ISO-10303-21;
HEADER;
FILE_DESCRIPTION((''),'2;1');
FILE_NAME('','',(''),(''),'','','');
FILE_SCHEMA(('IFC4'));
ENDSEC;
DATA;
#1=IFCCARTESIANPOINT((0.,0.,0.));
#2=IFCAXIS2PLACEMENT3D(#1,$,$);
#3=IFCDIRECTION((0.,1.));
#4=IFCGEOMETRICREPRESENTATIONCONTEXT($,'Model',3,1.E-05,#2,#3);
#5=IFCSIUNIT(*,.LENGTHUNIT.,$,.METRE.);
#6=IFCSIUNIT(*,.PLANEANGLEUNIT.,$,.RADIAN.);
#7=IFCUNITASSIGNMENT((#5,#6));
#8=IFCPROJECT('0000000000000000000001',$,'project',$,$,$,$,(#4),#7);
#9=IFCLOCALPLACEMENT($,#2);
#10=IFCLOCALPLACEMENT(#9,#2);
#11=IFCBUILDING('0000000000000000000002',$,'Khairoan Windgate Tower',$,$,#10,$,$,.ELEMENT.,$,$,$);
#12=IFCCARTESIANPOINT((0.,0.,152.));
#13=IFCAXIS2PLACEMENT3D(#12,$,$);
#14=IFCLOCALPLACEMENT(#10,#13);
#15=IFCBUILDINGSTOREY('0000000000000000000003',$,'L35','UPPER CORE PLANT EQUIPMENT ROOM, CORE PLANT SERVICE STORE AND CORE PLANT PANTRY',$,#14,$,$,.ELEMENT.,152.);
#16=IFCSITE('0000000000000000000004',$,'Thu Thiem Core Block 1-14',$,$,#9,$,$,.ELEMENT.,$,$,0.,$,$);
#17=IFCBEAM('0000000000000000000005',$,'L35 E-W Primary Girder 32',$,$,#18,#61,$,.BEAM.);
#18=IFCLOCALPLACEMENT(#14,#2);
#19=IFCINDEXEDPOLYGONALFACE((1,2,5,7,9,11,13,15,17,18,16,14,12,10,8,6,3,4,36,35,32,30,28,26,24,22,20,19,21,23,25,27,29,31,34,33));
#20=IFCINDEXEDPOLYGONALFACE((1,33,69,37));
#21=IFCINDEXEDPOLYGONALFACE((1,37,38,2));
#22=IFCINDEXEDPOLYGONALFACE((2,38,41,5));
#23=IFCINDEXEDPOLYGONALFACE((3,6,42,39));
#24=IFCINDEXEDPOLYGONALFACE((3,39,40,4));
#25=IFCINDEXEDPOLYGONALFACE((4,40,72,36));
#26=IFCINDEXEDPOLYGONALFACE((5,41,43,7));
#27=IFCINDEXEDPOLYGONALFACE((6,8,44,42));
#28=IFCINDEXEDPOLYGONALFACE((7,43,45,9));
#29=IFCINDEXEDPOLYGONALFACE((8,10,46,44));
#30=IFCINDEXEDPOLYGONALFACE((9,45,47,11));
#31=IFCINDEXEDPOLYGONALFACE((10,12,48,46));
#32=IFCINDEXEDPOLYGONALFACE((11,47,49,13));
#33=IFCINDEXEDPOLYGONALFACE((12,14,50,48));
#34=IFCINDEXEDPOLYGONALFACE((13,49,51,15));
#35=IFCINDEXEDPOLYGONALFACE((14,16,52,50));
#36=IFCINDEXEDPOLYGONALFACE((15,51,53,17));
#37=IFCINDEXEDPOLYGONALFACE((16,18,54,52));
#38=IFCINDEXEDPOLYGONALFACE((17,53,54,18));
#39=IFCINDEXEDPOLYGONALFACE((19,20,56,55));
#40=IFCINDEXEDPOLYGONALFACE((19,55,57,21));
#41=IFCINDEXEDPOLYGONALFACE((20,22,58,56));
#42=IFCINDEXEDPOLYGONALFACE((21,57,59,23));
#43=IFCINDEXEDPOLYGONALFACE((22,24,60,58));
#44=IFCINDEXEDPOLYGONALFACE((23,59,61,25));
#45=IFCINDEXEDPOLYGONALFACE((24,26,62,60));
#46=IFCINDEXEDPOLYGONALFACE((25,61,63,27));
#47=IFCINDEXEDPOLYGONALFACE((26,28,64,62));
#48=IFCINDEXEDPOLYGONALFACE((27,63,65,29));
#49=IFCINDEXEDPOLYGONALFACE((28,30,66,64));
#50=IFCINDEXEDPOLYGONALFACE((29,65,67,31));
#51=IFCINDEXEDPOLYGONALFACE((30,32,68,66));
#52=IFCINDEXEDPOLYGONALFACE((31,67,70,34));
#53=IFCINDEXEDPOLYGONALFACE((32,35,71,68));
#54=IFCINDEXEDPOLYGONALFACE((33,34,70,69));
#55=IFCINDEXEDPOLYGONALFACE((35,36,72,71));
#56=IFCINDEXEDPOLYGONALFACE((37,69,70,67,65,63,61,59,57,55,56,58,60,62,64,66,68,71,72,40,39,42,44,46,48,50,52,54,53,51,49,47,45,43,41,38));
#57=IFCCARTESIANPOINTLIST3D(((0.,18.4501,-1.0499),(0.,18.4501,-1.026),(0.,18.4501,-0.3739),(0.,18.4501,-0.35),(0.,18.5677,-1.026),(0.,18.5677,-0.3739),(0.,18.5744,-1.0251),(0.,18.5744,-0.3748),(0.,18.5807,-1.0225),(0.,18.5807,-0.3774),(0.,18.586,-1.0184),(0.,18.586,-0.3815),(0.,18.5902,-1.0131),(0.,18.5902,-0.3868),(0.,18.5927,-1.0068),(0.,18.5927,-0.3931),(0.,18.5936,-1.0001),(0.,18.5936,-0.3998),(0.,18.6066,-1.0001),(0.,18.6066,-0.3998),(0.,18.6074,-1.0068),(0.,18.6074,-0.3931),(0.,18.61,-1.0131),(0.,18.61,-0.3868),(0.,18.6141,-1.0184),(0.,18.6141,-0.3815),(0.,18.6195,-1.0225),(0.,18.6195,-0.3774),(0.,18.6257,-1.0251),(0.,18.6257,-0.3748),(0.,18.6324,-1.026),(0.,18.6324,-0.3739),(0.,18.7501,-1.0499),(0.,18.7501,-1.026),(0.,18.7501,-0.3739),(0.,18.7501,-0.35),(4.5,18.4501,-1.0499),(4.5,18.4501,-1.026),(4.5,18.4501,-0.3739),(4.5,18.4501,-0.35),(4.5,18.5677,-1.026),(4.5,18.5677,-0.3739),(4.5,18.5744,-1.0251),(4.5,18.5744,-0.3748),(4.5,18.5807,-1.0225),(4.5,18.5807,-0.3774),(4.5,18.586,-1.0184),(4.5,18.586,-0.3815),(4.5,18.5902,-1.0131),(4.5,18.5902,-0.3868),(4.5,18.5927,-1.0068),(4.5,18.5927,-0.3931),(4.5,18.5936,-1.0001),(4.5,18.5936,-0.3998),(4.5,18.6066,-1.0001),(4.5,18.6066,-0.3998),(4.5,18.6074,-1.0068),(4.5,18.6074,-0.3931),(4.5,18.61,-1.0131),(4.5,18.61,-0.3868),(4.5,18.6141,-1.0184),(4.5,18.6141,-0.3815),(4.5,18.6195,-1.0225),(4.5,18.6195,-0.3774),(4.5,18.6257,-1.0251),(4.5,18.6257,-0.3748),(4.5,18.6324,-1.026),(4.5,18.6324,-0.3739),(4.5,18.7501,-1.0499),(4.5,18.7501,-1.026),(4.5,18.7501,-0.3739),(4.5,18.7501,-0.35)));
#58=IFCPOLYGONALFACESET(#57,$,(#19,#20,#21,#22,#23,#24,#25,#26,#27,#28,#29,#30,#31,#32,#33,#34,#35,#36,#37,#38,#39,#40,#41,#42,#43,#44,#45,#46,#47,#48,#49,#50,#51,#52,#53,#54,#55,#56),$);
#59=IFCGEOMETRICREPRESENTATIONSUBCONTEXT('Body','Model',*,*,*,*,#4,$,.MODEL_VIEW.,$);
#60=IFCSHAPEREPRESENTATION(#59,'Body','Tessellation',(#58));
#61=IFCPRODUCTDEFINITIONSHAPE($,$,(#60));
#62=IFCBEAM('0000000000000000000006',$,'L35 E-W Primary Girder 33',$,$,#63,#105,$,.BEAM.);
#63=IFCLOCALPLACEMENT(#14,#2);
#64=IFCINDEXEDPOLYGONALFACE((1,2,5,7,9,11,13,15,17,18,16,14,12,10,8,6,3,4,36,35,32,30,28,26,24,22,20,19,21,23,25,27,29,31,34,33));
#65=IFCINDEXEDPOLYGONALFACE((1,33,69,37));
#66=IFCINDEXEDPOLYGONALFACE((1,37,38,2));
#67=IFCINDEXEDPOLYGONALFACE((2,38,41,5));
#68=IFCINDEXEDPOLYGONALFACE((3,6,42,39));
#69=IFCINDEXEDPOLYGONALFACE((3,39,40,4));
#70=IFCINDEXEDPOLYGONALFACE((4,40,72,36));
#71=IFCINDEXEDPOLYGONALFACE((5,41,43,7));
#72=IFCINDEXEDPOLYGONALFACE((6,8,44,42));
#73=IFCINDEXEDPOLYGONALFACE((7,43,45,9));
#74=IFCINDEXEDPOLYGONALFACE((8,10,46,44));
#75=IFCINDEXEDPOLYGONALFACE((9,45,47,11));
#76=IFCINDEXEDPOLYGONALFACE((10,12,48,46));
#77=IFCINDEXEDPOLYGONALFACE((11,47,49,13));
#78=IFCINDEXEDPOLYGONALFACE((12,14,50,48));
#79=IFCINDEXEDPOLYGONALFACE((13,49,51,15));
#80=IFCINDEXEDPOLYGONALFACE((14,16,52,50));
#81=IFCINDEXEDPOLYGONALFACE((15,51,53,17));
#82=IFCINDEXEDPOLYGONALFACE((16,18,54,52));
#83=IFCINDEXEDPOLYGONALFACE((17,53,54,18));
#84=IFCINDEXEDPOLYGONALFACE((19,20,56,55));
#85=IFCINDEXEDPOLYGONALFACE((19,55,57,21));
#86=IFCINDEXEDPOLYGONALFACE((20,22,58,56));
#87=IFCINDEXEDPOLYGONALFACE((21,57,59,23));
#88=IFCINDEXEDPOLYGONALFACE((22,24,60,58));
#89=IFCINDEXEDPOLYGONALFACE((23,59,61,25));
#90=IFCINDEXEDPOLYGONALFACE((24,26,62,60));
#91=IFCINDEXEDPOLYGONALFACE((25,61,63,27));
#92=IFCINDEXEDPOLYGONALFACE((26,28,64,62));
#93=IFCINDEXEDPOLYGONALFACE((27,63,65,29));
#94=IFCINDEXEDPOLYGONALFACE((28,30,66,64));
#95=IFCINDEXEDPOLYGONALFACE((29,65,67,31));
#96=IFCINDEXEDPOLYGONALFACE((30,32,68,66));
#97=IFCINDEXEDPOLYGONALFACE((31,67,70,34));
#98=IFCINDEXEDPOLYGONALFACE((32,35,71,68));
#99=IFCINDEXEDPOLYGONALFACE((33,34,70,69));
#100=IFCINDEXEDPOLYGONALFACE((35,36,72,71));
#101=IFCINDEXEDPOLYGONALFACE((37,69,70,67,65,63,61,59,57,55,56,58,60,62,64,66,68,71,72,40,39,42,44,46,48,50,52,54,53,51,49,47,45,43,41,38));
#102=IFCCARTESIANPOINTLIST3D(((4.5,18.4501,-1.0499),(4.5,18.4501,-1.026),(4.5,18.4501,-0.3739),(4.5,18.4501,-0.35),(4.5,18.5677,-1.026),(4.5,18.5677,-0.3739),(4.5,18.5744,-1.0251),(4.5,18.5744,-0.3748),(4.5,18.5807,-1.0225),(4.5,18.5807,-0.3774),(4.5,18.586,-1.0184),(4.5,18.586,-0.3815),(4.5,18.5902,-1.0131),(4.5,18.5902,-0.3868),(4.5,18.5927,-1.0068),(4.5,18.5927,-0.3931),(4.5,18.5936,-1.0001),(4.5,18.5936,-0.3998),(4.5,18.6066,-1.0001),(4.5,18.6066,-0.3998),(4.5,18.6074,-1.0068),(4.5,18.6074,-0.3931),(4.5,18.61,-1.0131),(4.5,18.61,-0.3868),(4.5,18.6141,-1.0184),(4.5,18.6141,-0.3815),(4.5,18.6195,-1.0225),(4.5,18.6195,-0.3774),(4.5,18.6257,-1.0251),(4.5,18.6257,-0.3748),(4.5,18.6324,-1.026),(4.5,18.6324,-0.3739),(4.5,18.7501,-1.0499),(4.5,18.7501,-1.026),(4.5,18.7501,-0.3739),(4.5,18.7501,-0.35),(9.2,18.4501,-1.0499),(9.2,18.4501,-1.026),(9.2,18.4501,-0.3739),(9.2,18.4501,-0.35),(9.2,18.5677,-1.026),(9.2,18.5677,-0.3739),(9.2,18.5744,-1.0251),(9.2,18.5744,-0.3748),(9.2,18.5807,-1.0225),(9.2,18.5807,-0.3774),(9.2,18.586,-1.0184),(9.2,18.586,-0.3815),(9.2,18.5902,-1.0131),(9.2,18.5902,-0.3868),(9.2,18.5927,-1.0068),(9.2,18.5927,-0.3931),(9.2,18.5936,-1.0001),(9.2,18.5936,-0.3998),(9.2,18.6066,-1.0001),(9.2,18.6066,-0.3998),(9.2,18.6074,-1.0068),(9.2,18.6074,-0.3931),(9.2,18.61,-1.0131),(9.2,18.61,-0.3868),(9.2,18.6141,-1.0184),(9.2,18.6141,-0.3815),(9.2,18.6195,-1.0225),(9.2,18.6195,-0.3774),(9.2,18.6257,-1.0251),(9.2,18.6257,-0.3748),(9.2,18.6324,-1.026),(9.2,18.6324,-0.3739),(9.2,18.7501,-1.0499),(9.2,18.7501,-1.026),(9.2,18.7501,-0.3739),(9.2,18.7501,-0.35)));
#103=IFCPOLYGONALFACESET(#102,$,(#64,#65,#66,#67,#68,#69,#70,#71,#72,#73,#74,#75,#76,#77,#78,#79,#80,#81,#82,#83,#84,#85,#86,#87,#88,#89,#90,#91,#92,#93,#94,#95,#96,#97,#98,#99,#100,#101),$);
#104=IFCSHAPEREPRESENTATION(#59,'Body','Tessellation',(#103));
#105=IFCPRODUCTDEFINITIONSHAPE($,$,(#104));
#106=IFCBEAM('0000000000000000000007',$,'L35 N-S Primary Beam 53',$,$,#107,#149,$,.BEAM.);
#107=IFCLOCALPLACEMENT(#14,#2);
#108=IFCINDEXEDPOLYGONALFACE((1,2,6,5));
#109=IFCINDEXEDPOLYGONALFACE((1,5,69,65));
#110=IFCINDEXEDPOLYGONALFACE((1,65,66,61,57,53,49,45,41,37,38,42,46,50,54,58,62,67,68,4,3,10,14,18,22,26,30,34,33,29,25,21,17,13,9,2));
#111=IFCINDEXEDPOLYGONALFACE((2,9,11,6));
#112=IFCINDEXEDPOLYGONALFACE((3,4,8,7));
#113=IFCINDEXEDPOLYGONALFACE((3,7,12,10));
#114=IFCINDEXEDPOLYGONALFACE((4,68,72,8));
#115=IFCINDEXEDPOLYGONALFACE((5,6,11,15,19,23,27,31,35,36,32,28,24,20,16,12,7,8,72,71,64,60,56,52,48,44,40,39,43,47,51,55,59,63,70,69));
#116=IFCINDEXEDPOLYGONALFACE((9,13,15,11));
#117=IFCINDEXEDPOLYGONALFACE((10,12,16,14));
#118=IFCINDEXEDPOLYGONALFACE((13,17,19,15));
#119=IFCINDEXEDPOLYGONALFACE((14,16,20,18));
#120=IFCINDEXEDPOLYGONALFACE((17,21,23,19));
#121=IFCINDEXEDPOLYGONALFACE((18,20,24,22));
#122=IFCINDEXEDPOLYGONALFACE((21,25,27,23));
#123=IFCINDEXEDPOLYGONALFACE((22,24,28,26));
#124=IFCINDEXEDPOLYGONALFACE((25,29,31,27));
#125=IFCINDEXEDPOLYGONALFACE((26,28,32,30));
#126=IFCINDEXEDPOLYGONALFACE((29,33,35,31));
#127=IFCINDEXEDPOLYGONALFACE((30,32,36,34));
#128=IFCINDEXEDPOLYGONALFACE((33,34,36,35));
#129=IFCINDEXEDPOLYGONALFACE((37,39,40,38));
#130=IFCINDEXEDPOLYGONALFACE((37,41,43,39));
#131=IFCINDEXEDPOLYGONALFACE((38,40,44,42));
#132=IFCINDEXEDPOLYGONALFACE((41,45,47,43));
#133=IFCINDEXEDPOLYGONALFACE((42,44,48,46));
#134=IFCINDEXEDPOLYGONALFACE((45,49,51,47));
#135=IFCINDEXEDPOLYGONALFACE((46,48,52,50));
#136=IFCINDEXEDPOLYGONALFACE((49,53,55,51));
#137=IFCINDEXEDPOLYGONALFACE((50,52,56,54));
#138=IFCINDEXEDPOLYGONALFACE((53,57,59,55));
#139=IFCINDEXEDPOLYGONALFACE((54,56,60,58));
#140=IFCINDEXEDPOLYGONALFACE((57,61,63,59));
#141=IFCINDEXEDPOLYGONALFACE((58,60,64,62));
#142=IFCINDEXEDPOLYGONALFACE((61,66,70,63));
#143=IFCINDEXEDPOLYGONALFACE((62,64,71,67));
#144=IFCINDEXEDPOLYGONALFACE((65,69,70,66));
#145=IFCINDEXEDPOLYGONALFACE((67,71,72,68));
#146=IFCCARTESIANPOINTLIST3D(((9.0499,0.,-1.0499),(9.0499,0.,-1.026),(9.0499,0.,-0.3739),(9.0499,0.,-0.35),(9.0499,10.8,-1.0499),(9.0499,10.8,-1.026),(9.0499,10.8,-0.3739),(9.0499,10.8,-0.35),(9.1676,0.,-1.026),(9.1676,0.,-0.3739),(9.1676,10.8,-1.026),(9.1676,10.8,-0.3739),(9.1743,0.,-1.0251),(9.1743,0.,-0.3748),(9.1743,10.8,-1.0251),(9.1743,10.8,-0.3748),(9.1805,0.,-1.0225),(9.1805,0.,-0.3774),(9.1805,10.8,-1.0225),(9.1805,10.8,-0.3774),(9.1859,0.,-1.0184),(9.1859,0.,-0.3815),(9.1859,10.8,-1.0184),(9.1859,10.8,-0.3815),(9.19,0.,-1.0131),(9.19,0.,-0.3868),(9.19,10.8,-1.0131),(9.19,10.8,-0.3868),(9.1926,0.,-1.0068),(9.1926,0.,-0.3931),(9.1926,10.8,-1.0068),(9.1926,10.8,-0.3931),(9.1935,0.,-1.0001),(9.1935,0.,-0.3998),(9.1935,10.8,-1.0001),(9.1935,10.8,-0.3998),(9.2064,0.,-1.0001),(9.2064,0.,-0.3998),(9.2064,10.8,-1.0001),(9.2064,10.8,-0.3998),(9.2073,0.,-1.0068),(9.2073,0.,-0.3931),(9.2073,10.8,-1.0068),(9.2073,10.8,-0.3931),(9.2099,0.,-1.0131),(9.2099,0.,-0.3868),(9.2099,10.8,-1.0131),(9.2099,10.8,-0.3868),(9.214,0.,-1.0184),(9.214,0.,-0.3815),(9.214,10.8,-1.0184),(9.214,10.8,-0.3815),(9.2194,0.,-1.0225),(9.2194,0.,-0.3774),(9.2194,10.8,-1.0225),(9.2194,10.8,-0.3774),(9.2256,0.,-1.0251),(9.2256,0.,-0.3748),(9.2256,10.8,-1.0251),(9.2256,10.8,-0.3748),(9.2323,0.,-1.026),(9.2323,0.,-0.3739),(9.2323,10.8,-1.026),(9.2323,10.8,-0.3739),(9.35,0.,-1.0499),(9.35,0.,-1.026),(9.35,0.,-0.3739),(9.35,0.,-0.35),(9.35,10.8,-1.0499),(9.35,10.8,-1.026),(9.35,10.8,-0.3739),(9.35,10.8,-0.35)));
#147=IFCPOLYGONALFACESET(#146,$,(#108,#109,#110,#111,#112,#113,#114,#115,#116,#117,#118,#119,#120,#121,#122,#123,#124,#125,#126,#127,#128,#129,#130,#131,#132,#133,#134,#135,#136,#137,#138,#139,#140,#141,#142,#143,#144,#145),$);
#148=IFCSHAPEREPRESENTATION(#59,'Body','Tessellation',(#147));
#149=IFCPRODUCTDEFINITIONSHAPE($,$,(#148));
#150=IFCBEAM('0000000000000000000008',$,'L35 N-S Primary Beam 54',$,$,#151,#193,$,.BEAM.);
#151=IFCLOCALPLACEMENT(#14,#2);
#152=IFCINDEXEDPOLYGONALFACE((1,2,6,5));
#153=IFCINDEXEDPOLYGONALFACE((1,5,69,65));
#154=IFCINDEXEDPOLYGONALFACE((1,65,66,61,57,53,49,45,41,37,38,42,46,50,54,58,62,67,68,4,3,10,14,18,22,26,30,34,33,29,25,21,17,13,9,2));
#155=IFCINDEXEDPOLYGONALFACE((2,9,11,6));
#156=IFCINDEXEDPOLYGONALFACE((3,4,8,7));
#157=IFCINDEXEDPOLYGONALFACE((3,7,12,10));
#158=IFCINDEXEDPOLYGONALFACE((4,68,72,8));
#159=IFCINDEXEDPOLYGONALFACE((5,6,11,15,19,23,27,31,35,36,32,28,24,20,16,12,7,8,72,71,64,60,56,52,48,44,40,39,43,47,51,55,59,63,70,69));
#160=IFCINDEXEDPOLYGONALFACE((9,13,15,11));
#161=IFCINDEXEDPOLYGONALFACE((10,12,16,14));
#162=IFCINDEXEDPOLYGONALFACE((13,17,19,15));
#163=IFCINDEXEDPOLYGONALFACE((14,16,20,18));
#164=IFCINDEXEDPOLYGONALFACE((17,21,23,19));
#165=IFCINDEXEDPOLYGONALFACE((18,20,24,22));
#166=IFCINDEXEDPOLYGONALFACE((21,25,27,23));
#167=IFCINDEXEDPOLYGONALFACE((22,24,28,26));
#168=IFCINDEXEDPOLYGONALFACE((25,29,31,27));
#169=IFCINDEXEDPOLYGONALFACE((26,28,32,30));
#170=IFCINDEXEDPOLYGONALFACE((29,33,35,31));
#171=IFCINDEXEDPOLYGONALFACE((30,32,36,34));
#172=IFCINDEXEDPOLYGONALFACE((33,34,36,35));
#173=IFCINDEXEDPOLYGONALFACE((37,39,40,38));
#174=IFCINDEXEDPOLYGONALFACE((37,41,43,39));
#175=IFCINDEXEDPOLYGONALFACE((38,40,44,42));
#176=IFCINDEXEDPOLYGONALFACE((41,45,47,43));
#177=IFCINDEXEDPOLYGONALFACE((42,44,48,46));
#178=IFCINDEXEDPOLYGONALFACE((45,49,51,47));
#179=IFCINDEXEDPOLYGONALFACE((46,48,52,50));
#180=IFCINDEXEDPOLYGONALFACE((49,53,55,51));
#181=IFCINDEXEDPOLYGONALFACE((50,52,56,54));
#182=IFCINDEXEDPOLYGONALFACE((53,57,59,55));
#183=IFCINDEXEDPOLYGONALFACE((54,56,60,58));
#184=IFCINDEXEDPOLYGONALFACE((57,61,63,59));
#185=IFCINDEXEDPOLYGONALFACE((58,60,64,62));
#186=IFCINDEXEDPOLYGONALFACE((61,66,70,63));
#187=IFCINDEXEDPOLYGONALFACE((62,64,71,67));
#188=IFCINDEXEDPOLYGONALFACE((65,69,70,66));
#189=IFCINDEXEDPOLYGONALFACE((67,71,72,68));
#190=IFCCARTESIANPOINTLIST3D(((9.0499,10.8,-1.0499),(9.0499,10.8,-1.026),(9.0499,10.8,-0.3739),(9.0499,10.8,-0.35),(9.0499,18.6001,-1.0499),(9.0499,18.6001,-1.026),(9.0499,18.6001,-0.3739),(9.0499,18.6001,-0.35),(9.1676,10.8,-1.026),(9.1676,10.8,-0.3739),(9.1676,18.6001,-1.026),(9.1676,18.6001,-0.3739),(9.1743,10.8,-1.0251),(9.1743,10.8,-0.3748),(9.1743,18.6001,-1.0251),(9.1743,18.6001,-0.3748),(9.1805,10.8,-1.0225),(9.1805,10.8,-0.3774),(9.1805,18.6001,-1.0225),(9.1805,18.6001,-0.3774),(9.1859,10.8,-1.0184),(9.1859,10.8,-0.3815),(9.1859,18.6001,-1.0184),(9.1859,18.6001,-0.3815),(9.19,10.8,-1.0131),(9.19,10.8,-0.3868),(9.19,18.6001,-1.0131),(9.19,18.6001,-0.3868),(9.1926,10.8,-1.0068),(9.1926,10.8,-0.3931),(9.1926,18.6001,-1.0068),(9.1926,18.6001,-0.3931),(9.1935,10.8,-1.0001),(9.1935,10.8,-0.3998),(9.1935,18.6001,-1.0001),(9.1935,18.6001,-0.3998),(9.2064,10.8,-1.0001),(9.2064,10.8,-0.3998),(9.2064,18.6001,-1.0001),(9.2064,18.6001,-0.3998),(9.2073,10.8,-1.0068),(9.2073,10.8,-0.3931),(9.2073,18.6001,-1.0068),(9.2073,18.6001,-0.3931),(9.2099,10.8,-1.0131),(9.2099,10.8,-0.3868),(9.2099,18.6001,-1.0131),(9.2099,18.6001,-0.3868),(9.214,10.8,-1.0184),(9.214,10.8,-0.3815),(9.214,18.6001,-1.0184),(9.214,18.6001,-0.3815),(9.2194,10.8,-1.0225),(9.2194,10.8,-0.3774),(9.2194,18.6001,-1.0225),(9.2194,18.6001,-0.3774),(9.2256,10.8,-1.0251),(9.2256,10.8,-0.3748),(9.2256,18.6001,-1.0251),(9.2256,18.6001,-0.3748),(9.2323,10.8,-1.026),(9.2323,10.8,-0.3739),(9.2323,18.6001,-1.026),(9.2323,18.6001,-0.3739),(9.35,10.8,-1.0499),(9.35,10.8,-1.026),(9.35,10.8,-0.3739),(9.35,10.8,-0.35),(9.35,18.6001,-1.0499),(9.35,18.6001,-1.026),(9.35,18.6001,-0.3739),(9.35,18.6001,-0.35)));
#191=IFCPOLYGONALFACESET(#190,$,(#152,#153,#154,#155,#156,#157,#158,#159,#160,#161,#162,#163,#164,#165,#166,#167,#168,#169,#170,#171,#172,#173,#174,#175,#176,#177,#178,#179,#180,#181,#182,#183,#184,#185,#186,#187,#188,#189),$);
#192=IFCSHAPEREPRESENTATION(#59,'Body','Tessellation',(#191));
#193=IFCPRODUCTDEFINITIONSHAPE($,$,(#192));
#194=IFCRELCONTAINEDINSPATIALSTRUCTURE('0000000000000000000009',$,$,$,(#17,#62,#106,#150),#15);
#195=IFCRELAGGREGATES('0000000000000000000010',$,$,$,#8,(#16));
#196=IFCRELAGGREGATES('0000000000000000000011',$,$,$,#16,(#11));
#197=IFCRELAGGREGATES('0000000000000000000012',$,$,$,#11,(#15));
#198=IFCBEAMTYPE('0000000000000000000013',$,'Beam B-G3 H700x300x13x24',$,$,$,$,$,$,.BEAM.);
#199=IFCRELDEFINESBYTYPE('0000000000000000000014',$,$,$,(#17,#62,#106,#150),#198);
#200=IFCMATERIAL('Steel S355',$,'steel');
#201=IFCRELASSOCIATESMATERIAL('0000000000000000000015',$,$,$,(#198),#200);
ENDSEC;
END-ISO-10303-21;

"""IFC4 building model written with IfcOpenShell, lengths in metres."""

from ifc_helpers import new_model, si_unit, direction, frame, origin, origin_2d, place, context, subcontext, project, spatial, i_section, extrude, material, material_profile, profile_set, type_object, element, save


model = new_model("IFC4")

# Units and contexts
model_context = context("Model", 3, precision=1e-05, world=origin(), true_north=direction((0.0, 1.0)))
body_context = subcontext(model_context, "Body", "Model", "MODEL_VIEW")
ifc_project = project(units=[si_unit("LENGTHUNIT", "METRE"), si_unit("PLANEANGLEUNIT", "RADIAN")], contexts=[model_context])

# Site, building, storey
site_placement = place(None, origin())
site = spatial("IfcSite", under=ifc_project, at=site_placement, Name="Thu Thiem Core Block 1-14", CompositionType="ELEMENT", RefElevation=0.0)
building_placement = place(site_placement, origin())
building = spatial("IfcBuilding", under=site, at=building_placement, Name="Khairoan Windgate Tower", CompositionType="ELEMENT")
storey_placement = place(building_placement, frame((0.0, 0.0, 152.0)))
storey = spatial("IfcBuildingStorey", under=building, at=storey_placement, Name="L35", Description="UPPER CORE PLANT EQUIPMENT ROOM, CORE PLANT SERVICE STORE AND CORE PLANT PANTRY", CompositionType="ELEMENT", Elevation=152.0)

# Beams
ifc_material_1 = material(Name="Steel S355", Category="steel")
ifc_material_profile_1 = material_profile(ifc_material_1, i_section(OverallWidth=0.3, OverallDepth=0.7, WebThickness=0.0129, FlangeThickness=0.0239, FilletRadius=0.0259, at=origin_2d()))
ifc_profile_set_1 = profile_set([ifc_material_profile_1], Name="Steel S355")
beam_type_1 = type_object("IfcBeamType", Name="Beam B-G3 H700x300x13x24", PredefinedType="BEAM", material=ifc_profile_set_1)
for number, where, z_axis, x_axis, name in (
    (1, (0.0, 18.6001, -0.7), (1.0, 0.0, 0.0), (0.0, 1.0, 0.0), "L35 E-W Primary Girder 32"),
):
    element("IfcBeam", number, at=place(storey_placement, frame(where, z_axis=z_axis, x_axis=x_axis)), inside=storey, type_object=beam_type_1, Name=name, PredefinedType="BEAM", context=body_context, shape_type="SweptSolid", body=[
        extrude(i_section(OverallWidth=0.3, OverallDepth=0.7, WebThickness=0.0129, FlangeThickness=0.0239, FilletRadius=0.0259, at=origin_2d()), origin(), (0.0, 0.0, 1.0), 4.5),
    ])
beam_1_placement = place(storey_placement, frame((4.5, 18.6001, -0.7), z_axis=(1.0, 0.0, 0.0), x_axis=(0.0, 1.0, 0.0)))
element("IfcBeam", 2, at=beam_1_placement, inside=storey, type_object=beam_type_1, Name="L35 E-W Primary Girder 33", PredefinedType="BEAM", context=body_context, shape_type="SweptSolid", body=[
    extrude(i_section(OverallWidth=0.3, OverallDepth=0.7, WebThickness=0.0129, FlangeThickness=0.0239, FilletRadius=0.0259, at=origin_2d()), origin(), (0.0, 0.0, 1.0), 4.7),
])
beam_2_placement = place(storey_placement, frame((9.2, 0.0, -0.7), z_axis=(0.0, 1.0, 0.0), x_axis=(-1.0, 0.0, 0.0)))
element("IfcBeam", 3, at=beam_2_placement, inside=storey, type_object=beam_type_1, Name="L35 N-S Primary Beam 53", PredefinedType="BEAM", context=body_context, shape_type="SweptSolid", body=[
    extrude(i_section(OverallWidth=0.3, OverallDepth=0.7, WebThickness=0.0129, FlangeThickness=0.0239, FilletRadius=0.0259, at=origin_2d()), origin(), (0.0, 0.0, 1.0), 10.8),
])
beam_3_placement = place(storey_placement, frame((9.2, 10.8, -0.7), z_axis=(0.0, 1.0, 0.0), x_axis=(-1.0, 0.0, 0.0)))
element("IfcBeam", 4, at=beam_3_placement, inside=storey, type_object=beam_type_1, Name="L35 N-S Primary Beam 54", PredefinedType="BEAM", context=body_context, shape_type="SweptSolid", body=[
    extrude(i_section(OverallWidth=0.3, OverallDepth=0.7, WebThickness=0.0129, FlangeThickness=0.0239, FilletRadius=0.0259, at=origin_2d()), origin(), (0.0, 0.0, 1.0), 7.8),
])

save(model, "model.ifc")
